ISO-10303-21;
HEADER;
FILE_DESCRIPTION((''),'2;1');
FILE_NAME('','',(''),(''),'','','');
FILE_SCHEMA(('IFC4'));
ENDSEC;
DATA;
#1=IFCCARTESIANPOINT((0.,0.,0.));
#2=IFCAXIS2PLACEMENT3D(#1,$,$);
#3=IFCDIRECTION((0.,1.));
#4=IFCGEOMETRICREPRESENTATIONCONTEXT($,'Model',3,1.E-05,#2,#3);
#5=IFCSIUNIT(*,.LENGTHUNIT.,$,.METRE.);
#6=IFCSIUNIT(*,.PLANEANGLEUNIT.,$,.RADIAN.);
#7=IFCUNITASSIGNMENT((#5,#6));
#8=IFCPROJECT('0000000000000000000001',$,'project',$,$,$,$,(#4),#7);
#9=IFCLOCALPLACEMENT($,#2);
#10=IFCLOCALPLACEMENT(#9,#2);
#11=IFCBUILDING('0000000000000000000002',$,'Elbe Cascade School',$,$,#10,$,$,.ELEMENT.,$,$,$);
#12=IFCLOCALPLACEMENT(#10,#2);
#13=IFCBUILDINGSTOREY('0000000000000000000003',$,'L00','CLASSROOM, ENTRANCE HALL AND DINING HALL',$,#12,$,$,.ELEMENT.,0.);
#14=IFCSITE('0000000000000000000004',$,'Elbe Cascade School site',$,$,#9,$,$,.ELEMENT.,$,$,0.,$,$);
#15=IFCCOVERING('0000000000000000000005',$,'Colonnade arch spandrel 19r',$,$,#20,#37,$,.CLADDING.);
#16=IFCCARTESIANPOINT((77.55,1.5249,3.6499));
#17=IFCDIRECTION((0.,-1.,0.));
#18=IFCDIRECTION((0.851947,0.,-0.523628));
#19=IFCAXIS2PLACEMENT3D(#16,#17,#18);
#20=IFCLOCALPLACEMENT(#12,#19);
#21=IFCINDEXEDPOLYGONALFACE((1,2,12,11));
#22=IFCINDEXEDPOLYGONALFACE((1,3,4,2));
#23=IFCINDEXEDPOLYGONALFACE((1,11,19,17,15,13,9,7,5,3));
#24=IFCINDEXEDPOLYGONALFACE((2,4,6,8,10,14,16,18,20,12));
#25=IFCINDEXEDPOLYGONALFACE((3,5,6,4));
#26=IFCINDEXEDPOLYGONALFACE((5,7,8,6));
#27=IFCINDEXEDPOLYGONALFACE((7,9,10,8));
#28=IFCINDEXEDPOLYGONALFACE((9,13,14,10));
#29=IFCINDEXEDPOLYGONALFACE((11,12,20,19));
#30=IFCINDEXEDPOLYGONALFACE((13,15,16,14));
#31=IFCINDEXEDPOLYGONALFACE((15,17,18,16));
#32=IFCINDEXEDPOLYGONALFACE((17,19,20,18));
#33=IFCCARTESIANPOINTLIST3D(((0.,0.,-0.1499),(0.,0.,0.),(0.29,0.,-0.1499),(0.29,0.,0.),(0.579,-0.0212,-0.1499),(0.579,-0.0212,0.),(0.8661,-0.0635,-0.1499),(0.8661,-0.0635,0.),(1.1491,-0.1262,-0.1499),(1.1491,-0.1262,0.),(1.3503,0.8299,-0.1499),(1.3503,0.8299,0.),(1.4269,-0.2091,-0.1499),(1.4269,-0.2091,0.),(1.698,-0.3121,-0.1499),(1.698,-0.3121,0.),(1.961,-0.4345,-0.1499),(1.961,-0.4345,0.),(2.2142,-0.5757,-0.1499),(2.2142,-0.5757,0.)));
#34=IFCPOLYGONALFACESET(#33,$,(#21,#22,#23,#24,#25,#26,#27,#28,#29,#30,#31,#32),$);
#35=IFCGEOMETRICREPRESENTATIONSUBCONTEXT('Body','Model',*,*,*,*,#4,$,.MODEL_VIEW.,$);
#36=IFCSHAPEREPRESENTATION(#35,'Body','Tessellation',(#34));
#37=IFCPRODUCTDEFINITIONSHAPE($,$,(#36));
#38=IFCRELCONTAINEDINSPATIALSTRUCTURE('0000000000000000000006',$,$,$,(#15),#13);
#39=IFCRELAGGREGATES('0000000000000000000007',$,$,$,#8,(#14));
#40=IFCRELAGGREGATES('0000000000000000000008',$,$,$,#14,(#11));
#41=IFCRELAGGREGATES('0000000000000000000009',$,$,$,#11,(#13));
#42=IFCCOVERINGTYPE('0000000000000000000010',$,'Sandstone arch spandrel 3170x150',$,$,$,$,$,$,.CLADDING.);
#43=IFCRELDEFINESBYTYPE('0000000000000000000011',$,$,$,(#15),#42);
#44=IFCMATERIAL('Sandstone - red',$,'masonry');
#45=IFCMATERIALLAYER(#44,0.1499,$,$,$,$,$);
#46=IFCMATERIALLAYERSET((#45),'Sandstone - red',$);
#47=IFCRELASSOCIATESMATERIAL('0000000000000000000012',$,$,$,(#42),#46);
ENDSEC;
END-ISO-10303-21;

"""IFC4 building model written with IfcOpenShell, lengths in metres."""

from ifc_helpers import new_model, si_unit, direction, frame, origin, place, context, subcontext, project, spatial, polyline, outline, extrude, material, layer, layer_set, type_object, element, save


model = new_model("IFC4")

# Units and contexts
model_context = context("Model", 3, precision=1e-05, world=origin(), true_north=direction((0.0, 1.0)))
body_context = subcontext(model_context, "Body", "Model", "MODEL_VIEW")
ifc_project = project(units=[si_unit("LENGTHUNIT", "METRE"), si_unit("PLANEANGLEUNIT", "RADIAN")], contexts=[model_context])

# Site, building, storey
site_placement = place(None, origin())
site = spatial("IfcSite", under=ifc_project, at=site_placement, Name="Elbe Cascade School site", CompositionType="ELEMENT", RefElevation=0.0)
building_placement = place(site_placement, origin())
building = spatial("IfcBuilding", under=site, at=building_placement, Name="Elbe Cascade School", CompositionType="ELEMENT")
storey_placement = place(building_placement, origin())
storey = spatial("IfcBuildingStorey", under=building, at=storey_placement, Name="L00", Description="CLASSROOM, ENTRANCE HALL AND DINING HALL", CompositionType="ELEMENT", Elevation=0.0)

# Covering
ifc_material_1 = material(Name="Sandstone - red", Category="masonry")
ifc_layer_1 = layer(ifc_material_1, 0.1499)
ifc_layer_set_1 = layer_set([ifc_layer_1], Name="Sandstone - red")
covering_type_1 = type_object("IfcCoveringType", Name="Sandstone arch spandrel 3170x150", PredefinedType="CLADDING", material=ifc_layer_set_1)
covering_1_placement = place(storey_placement, frame((77.55, 1.5249, 3.6499), z_axis=(0.0, -1.0, 0.0), x_axis=(0.851947, 0.0, -0.523628)))
element("IfcCovering", 1, at=covering_1_placement, inside=storey, type_object=covering_type_1, Name="Colonnade arch spandrel 19r", PredefinedType="CLADDING", context=body_context, shape_type="SweptSolid", body=[
    extrude(outline(polyline([(0.0, 0.0), (0.29, 0.0), (0.579, -0.0212), (0.8661, -0.0635), (1.1491, -0.1262), (1.4269, -0.2091), (1.698, -0.3121), (1.961, -0.4345), (2.2142, -0.5757), (1.3503, 0.8299), (0.0, 0.0)])), origin(), (0.0, 0.0, -1.0), 0.1499),
])

save(model, "model.ifc")
